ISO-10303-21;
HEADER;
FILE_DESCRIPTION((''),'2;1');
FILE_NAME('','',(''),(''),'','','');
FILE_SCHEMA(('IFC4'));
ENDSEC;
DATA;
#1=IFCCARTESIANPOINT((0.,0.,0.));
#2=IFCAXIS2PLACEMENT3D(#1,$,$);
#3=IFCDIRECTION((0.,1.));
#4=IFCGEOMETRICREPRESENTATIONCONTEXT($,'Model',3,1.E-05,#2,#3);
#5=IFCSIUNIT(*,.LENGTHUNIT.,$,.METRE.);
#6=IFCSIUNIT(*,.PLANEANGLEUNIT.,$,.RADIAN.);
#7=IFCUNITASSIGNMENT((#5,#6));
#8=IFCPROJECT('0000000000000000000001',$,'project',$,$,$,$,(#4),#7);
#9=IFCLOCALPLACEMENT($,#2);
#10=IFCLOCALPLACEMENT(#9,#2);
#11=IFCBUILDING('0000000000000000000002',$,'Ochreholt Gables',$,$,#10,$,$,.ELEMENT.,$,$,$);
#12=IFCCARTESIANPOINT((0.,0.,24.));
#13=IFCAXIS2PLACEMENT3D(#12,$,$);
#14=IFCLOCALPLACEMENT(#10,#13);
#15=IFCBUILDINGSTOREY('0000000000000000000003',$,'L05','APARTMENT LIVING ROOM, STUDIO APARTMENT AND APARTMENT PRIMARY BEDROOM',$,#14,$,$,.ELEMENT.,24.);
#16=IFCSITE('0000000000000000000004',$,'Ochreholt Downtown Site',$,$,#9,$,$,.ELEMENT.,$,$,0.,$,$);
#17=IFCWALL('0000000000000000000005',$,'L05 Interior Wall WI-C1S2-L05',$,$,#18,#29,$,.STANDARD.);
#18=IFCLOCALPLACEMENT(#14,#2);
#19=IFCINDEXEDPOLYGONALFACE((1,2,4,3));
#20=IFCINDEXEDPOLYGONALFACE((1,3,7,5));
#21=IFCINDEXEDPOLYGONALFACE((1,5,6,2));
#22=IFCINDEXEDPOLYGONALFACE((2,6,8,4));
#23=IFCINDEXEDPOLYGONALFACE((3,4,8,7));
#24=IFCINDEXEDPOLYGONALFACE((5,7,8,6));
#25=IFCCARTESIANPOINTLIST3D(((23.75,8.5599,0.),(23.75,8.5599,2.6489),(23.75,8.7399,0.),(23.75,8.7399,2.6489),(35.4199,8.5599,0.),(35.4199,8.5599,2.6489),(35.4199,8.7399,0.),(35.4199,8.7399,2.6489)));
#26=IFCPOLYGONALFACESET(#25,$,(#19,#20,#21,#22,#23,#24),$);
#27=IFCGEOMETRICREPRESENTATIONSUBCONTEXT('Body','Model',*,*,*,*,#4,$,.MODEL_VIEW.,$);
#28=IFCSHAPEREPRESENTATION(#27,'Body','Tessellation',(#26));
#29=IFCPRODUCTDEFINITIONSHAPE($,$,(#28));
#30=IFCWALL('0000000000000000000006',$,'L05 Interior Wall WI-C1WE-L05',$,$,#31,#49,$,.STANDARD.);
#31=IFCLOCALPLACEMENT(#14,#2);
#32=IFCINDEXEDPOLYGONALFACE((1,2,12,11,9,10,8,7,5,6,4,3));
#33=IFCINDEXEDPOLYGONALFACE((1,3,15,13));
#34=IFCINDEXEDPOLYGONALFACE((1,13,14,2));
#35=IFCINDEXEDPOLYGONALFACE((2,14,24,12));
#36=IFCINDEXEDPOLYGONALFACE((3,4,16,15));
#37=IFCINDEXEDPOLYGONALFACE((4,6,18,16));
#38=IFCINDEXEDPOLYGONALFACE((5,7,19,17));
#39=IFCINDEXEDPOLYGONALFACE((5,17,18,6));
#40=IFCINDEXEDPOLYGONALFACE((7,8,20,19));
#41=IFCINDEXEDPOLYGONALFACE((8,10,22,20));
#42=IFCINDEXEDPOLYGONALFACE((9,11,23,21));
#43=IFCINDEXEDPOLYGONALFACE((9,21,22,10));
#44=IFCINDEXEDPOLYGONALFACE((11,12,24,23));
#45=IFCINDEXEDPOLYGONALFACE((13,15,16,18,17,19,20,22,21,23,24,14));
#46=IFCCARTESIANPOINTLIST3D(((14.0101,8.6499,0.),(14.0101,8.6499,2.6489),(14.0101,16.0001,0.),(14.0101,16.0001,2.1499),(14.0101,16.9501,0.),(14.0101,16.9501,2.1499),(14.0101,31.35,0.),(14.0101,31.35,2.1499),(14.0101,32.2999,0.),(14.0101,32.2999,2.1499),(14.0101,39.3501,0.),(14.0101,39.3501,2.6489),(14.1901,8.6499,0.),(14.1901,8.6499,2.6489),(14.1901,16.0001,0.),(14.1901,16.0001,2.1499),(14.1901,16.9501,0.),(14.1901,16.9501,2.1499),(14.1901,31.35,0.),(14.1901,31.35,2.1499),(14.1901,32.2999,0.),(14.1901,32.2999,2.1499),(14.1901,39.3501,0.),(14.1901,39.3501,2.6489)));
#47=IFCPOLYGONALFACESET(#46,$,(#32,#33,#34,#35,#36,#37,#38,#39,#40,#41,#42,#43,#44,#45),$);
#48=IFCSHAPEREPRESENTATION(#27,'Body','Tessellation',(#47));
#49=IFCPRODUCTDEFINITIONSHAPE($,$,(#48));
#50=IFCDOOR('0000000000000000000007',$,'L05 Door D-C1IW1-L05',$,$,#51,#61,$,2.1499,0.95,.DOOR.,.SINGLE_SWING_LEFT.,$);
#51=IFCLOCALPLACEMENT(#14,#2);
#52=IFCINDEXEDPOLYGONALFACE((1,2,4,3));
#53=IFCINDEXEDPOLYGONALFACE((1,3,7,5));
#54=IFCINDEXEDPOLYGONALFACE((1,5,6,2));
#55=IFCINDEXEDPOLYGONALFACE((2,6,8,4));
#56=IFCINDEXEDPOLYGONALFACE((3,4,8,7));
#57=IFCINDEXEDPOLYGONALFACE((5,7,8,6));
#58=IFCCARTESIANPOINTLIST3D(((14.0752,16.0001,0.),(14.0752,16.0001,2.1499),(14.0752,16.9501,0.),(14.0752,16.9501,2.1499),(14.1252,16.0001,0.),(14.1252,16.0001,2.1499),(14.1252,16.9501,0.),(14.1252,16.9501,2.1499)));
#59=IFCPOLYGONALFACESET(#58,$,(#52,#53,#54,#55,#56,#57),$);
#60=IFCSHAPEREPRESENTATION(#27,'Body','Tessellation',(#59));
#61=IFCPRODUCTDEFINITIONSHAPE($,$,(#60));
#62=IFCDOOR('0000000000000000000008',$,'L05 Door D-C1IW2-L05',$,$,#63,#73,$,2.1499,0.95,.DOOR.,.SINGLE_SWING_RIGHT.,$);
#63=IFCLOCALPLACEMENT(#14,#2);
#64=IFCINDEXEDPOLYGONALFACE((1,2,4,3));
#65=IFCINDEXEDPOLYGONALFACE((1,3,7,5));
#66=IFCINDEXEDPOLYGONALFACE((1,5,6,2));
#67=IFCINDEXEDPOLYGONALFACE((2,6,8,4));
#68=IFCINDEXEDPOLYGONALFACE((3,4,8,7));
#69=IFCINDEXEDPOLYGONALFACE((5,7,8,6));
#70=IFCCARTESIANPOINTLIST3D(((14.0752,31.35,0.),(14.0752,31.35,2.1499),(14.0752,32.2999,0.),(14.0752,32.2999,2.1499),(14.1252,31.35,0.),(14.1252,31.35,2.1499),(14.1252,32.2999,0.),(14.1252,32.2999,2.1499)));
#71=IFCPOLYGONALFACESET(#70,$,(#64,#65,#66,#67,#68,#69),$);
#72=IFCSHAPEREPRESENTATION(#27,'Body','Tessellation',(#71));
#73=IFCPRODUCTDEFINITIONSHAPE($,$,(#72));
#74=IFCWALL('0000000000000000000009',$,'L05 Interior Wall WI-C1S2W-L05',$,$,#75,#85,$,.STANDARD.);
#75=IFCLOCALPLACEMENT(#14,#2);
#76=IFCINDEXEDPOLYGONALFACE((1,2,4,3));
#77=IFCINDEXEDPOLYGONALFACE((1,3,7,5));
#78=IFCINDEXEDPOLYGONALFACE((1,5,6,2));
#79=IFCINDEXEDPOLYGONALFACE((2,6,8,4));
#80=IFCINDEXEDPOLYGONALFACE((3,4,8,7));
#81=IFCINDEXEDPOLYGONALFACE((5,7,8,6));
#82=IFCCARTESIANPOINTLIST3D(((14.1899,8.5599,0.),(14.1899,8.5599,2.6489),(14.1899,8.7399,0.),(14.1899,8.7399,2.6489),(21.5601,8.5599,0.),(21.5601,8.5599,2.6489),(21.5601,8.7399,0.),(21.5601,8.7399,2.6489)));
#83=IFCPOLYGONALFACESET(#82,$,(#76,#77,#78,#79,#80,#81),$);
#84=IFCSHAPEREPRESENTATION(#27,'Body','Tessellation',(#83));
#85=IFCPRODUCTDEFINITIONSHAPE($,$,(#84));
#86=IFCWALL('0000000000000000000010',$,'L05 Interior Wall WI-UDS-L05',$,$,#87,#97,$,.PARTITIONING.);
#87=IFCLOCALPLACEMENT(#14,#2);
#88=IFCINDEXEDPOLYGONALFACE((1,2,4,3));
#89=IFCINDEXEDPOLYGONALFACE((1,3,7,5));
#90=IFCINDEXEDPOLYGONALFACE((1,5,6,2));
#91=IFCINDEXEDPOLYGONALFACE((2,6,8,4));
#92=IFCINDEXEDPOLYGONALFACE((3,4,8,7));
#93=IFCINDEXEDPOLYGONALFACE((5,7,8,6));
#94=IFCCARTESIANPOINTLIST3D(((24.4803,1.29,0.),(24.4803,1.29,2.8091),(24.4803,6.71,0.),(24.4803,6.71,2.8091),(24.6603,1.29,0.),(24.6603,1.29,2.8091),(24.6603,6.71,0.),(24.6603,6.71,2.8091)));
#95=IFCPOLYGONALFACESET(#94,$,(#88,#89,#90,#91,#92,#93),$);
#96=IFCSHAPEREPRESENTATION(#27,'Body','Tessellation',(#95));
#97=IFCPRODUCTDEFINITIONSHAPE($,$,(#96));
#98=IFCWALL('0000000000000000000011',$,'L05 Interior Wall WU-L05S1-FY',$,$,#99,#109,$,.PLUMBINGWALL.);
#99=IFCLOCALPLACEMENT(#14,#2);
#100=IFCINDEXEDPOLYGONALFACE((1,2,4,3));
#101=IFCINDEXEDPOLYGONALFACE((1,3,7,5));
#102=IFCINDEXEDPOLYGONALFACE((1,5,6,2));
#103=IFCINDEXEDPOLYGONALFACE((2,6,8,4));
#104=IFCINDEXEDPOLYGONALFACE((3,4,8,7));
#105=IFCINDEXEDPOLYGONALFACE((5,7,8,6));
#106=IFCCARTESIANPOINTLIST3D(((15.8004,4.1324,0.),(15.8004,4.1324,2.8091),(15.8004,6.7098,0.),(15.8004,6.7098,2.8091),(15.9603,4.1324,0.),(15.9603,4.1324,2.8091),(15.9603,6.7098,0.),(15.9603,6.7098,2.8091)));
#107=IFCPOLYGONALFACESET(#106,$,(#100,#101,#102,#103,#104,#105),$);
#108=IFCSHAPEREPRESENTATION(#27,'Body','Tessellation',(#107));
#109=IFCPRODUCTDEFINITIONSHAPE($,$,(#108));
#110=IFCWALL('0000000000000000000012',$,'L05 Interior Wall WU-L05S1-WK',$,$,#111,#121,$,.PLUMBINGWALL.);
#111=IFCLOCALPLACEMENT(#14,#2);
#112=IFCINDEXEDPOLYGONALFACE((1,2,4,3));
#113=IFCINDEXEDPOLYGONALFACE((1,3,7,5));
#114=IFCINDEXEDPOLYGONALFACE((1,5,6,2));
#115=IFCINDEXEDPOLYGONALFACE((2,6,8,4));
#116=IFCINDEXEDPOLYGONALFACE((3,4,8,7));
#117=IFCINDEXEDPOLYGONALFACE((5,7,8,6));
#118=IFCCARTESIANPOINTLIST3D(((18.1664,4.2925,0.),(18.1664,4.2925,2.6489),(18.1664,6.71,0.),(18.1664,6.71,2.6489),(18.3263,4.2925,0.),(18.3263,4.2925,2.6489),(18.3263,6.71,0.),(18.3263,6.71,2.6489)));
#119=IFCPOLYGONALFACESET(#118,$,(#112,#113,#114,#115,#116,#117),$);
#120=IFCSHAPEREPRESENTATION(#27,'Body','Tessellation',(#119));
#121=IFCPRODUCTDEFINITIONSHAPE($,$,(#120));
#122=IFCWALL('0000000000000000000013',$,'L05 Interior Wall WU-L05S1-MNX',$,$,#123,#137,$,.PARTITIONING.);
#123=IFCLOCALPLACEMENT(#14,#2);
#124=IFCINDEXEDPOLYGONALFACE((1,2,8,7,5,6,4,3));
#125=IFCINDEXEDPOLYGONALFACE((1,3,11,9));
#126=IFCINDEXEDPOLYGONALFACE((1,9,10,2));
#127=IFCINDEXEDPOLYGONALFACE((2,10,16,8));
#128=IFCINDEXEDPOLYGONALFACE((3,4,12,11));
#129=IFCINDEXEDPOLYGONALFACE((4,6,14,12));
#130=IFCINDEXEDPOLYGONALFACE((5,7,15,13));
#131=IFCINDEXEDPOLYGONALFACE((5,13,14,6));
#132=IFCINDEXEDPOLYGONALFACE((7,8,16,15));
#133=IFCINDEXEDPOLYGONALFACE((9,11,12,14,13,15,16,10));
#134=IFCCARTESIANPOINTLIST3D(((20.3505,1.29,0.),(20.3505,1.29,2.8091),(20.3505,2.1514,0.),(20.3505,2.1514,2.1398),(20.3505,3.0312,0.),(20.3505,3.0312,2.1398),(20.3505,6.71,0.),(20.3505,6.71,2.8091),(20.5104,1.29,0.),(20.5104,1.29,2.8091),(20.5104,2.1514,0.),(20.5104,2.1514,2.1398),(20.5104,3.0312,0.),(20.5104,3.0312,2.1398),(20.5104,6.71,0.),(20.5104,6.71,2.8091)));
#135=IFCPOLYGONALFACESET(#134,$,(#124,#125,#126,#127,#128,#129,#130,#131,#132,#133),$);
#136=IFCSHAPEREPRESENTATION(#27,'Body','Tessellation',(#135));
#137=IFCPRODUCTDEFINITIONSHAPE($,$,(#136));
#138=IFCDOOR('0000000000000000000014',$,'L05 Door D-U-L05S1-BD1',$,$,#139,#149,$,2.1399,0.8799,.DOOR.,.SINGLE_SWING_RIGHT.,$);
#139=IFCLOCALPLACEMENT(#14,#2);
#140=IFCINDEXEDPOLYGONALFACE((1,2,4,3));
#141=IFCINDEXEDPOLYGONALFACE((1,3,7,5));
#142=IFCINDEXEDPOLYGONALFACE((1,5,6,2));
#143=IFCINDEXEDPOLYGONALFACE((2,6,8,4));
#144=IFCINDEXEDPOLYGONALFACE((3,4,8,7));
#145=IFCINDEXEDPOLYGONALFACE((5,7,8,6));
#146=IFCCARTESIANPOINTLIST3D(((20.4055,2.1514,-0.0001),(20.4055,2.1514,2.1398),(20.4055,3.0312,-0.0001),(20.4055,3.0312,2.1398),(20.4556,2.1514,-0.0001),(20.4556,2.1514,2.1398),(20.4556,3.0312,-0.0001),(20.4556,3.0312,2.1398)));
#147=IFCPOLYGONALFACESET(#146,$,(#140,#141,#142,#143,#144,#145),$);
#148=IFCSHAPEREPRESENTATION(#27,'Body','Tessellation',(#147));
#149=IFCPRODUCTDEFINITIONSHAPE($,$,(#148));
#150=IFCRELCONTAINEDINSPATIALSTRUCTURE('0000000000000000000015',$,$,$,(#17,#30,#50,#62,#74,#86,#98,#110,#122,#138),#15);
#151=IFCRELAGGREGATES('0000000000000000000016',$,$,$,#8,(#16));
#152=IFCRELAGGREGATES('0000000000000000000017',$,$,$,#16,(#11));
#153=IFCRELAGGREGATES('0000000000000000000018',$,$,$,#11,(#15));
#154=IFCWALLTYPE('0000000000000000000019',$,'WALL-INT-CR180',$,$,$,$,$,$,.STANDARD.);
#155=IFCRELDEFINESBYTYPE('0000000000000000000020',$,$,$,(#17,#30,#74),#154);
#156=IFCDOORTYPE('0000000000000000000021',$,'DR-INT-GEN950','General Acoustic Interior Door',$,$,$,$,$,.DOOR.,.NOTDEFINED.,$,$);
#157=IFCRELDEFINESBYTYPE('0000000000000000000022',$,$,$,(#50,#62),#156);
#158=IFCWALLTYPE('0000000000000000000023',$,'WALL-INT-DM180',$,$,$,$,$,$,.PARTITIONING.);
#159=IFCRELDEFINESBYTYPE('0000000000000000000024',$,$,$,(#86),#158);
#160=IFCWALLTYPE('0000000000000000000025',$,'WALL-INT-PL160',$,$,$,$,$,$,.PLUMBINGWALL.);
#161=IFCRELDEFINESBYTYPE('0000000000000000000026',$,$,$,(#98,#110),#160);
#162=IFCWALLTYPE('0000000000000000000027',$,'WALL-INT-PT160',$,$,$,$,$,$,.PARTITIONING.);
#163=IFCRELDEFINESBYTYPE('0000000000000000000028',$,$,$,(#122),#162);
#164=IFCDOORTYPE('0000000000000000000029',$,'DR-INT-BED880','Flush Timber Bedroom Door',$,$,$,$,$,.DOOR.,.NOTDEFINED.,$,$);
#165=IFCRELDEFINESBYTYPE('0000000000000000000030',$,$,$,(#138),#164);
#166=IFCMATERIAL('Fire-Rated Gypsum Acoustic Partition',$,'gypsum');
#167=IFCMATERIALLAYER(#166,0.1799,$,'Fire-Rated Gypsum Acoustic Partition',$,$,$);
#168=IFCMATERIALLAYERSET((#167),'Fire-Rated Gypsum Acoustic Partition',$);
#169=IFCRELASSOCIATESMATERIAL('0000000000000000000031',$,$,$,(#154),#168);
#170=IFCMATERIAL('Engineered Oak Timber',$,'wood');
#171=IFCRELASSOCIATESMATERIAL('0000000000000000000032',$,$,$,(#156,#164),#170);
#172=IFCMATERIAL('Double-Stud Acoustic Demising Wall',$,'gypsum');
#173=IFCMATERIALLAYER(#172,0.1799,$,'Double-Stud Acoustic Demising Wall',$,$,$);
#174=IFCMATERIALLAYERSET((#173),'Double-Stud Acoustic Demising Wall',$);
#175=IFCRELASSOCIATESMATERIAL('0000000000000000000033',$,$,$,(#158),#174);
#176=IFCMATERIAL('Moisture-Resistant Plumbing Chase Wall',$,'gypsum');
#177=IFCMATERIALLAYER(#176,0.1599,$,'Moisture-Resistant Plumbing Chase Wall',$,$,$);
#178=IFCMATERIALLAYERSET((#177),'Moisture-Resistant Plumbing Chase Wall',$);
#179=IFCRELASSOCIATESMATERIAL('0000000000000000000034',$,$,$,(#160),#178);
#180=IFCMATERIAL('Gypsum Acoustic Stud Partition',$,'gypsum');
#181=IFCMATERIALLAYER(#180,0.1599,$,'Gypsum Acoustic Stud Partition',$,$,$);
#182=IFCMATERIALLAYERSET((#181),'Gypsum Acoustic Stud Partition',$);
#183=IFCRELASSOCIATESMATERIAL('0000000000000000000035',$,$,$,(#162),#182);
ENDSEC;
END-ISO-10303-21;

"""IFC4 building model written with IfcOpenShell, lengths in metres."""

from ifc_helpers import new_model, si_unit, direction, frame, frame_2d, origin, place, context, subcontext, project, spatial, rectangle, extrude, material, layer, layer_set, type_object, element, fill, save


model = new_model("IFC4")

# Units and contexts
model_context = context("Model", 3, precision=1e-05, world=origin(), true_north=direction((0.0, 1.0)))
body_context = subcontext(model_context, "Body", "Model", "MODEL_VIEW")
ifc_project = project(units=[si_unit("LENGTHUNIT", "METRE"), si_unit("PLANEANGLEUNIT", "RADIAN")], contexts=[model_context])

# Site, building, storey
site_placement = place(None, origin())
site = spatial("IfcSite", under=ifc_project, at=site_placement, Name="Ochreholt Downtown Site", CompositionType="ELEMENT", RefElevation=0.0)
building_placement = place(site_placement, origin())
building = spatial("IfcBuilding", under=site, at=building_placement, Name="Ochreholt Gables", CompositionType="ELEMENT")
storey_placement = place(building_placement, frame((0.0, 0.0, 24.0)))
storey = spatial("IfcBuildingStorey", under=building, at=storey_placement, Name="L05", Description="APARTMENT LIVING ROOM, STUDIO APARTMENT AND APARTMENT PRIMARY BEDROOM", CompositionType="ELEMENT", Elevation=24.0)

# Shared definitions
ifc_material_1 = material(Name="Fire-Rated Gypsum Acoustic Partition", Category="gypsum")
ifc_layer_1 = layer(ifc_material_1, 0.1799, Name="Fire-Rated Gypsum Acoustic Partition")
ifc_layer_set_1 = layer_set([ifc_layer_1], Name="Fire-Rated Gypsum Acoustic Partition")
wall_type_1 = type_object("IfcWallType", Name="WALL-INT-CR180", PredefinedType="STANDARD", material=ifc_layer_set_1)

# Shared definitions
ifc_material_2 = material(Name="Engineered Oak Timber", Category="wood")

# Wall
wall_1_placement = place(storey_placement, frame((23.75, 8.6499, 0.0), z_axis=(0.0, 0.0, 1.0), x_axis=(1.0, 0.0, 0.0)))
element("IfcWall", 1, at=wall_1_placement, inside=storey, type_object=wall_type_1, Name="L05 Interior Wall WI-C1S2-L05", PredefinedType="STANDARD", context=body_context, shape_type="SweptSolid", body=[
    extrude(rectangle(XDim=11.6699, YDim=0.1799, at=frame_2d((5.835, 0.0))), origin(), (0.0, 0.0, 1.0), 2.6489),
])

# Wall, openings, doors
wall_2_placement = place(storey_placement, frame((14.1001, 8.6499, 0.0), z_axis=(0.0, 0.0, 1.0), x_axis=(0.0, 1.0, 0.0)))
wall_2 = element("IfcWall", 2, at=wall_2_placement, inside=storey, type_object=wall_type_1, Name="L05 Interior Wall WI-C1WE-L05", PredefinedType="STANDARD", context=body_context, shape_type="SweptSolid", body=[
    extrude(rectangle(XDim=30.7002, YDim=0.1799, at=frame_2d((15.3501, 0.0))), origin(), (0.0, 0.0, 1.0), 2.6489),
])
opening_1_placement = place(wall_2_placement, frame((7.3501, 0.0, 0.0)))
opening_1 = element("IfcOpeningElement", 3, at=opening_1_placement, cuts=wall_2, PredefinedType="OPENING", context=body_context, shape_type="SweptSolid", body=[
    extrude(rectangle(XDim=0.95, YDim=2.1499, at=frame_2d((0.4751, 1.075))), frame((0.0, 0.0999, 0.0), z_axis=(0.0, -1.0, 0.0), x_axis=(1.0, 0.0, 0.0)), (0.0, 0.0, 1.0), 0.2),
])
opening_2_placement = place(wall_2_placement, frame((22.7, 0.0, 0.0)))
opening_2 = element("IfcOpeningElement", 4, at=opening_2_placement, cuts=wall_2, PredefinedType="OPENING", context=body_context, shape_type="SweptSolid", body=[
    extrude(rectangle(XDim=0.95, YDim=2.1499, at=frame_2d((0.4751, 1.075))), frame((0.0, 0.0999, 0.0), z_axis=(0.0, -1.0, 0.0), x_axis=(1.0, 0.0, 0.0)), (0.0, 0.0, 1.0), 0.2),
])
door_type_1 = type_object("IfcDoorType", Name="DR-INT-GEN950", Description="General Acoustic Interior Door", OperationType="NOTDEFINED", PredefinedType="DOOR", material=ifc_material_2)
door_1_placement = place(opening_1_placement, origin())
door_1 = element("IfcDoor", 5, at=door_1_placement, inside=storey, type_object=door_type_1, Name="L05 Door D-C1IW1-L05", OperationType="SINGLE_SWING_LEFT", OverallHeight=2.1499, OverallWidth=0.95, PredefinedType="DOOR", context=body_context, shape_type="SweptSolid", body=[
    extrude(rectangle(XDim=0.95, YDim=2.1499, at=frame_2d((0.4751, 1.075))), frame((0.0, 0.0249, 0.0), z_axis=(0.0, -1.0, 0.0), x_axis=(1.0, 0.0, 0.0)), (0.0, 0.0, 1.0), 0.05),
])
fill(opening_1, door_1)
door_2_placement = place(opening_2_placement, origin())
door_2 = element("IfcDoor", 6, at=door_2_placement, inside=storey, type_object=door_type_1, Name="L05 Door D-C1IW2-L05", OperationType="SINGLE_SWING_RIGHT", OverallHeight=2.1499, OverallWidth=0.95, PredefinedType="DOOR", context=body_context, shape_type="SweptSolid", body=[
    extrude(rectangle(XDim=0.95, YDim=2.1499, at=frame_2d((0.4751, 1.075))), frame((0.0, 0.0249, 0.0), z_axis=(0.0, -1.0, 0.0), x_axis=(1.0, 0.0, 0.0)), (0.0, 0.0, 1.0), 0.05),
])
fill(opening_2, door_2)

# Walls
wall_3_placement = place(storey_placement, frame((14.1899, 8.6499, 0.0), z_axis=(0.0, 0.0, 1.0), x_axis=(1.0, 0.0, 0.0)))
element("IfcWall", 7, at=wall_3_placement, inside=storey, type_object=wall_type_1, Name="L05 Interior Wall WI-C1S2W-L05", PredefinedType="STANDARD", context=body_context, shape_type="SweptSolid", body=[
    extrude(rectangle(XDim=7.3701, YDim=0.1799, at=frame_2d((3.6851, 0.0))), origin(), (0.0, 0.0, 1.0), 2.6489),
])
ifc_material_3 = material(Name="Double-Stud Acoustic Demising Wall", Category="gypsum")
ifc_layer_2 = layer(ifc_material_3, 0.1799, Name="Double-Stud Acoustic Demising Wall")
ifc_layer_set_2 = layer_set([ifc_layer_2], Name="Double-Stud Acoustic Demising Wall")
wall_type_2 = type_object("IfcWallType", Name="WALL-INT-DM180", PredefinedType="PARTITIONING", material=ifc_layer_set_2)
wall_4_placement = place(storey_placement, frame((24.5703, 1.29, 0.0), z_axis=(0.0, 0.0, 1.0), x_axis=(0.0, 1.0, 0.0)))
element("IfcWall", 8, at=wall_4_placement, inside=storey, type_object=wall_type_2, Name="L05 Interior Wall WI-UDS-L05", PredefinedType="PARTITIONING", context=body_context, shape_type="SweptSolid", body=[
    extrude(rectangle(XDim=5.4199, YDim=0.1799, at=frame_2d((2.71, 0.0))), origin(), (0.0, 0.0, 1.0), 2.8091),
])

# Shared definitions
ifc_material_4 = material(Name="Moisture-Resistant Plumbing Chase Wall", Category="gypsum")
ifc_layer_3 = layer(ifc_material_4, 0.1599, Name="Moisture-Resistant Plumbing Chase Wall")
ifc_layer_set_3 = layer_set([ifc_layer_3], Name="Moisture-Resistant Plumbing Chase Wall")
wall_type_3 = type_object("IfcWallType", Name="WALL-INT-PL160", PredefinedType="PLUMBINGWALL", material=ifc_layer_set_3)

# Walls
wall_5_placement = place(storey_placement, frame((15.8804, 4.1326, 0.0), z_axis=(0.0, 0.0, 1.0), x_axis=(0.0, 1.0, 0.0)))
element("IfcWall", 9, at=wall_5_placement, inside=storey, type_object=wall_type_3, Name="L05 Interior Wall WU-L05S1-FY", PredefinedType="PLUMBINGWALL", context=body_context, shape_type="SweptSolid", body=[
    extrude(rectangle(XDim=2.5774, YDim=0.1599, at=frame_2d((1.2886, 0.0))), origin(), (0.0, 0.0, 1.0), 2.8091),
])
wall_6_placement = place(storey_placement, frame((18.2463, 4.2925, 0.0), z_axis=(0.0, 0.0, 1.0), x_axis=(0.0, 1.0, 0.0)))
element("IfcWall", 10, at=wall_6_placement, inside=storey, type_object=wall_type_3, Name="L05 Interior Wall WU-L05S1-WK", PredefinedType="PLUMBINGWALL", context=body_context, shape_type="SweptSolid", body=[
    extrude(rectangle(XDim=2.4175, YDim=0.1599, at=frame_2d((1.2087, 0.0))), origin(), (0.0, 0.0, 1.0), 2.6489),
])

# Wall, opening, door
ifc_material_5 = material(Name="Gypsum Acoustic Stud Partition", Category="gypsum")
ifc_layer_4 = layer(ifc_material_5, 0.1599, Name="Gypsum Acoustic Stud Partition")
ifc_layer_set_4 = layer_set([ifc_layer_4], Name="Gypsum Acoustic Stud Partition")
wall_type_4 = type_object("IfcWallType", Name="WALL-INT-PT160", PredefinedType="PARTITIONING", material=ifc_layer_set_4)
wall_7_placement = place(storey_placement, frame((20.4304, 1.29, 0.0), z_axis=(0.0, 0.0, 1.0), x_axis=(0.0, 1.0, 0.0)))
wall_7 = element("IfcWall", 11, at=wall_7_placement, inside=storey, type_object=wall_type_4, Name="L05 Interior Wall WU-L05S1-MNX", PredefinedType="PARTITIONING", context=body_context, shape_type="SweptSolid", body=[
    extrude(rectangle(XDim=5.4199, YDim=0.1599, at=frame_2d((2.71, 0.0))), origin(), (0.0, 0.0, 1.0), 2.8091),
])
opening_3_placement = place(wall_7_placement, frame((0.8613, 0.0, 0.0)))
opening_3 = element("IfcOpeningElement", 12, at=opening_3_placement, cuts=wall_7, PredefinedType="OPENING", context=body_context, shape_type="SweptSolid", body=[
    extrude(rectangle(XDim=0.8799, YDim=2.1399, at=frame_2d((0.4399, 1.0698))), frame((0.0, 0.0898, 0.0), z_axis=(0.0, -1.0, 0.0), x_axis=(1.0, 0.0, 0.0)), (0.0, 0.0, 1.0), 0.1799),
])
door_type_2 = type_object("IfcDoorType", Name="DR-INT-BED880", Description="Flush Timber Bedroom Door", OperationType="NOTDEFINED", PredefinedType="DOOR", material=ifc_material_2)
door_3_placement = place(opening_3_placement, origin())
door_3 = element("IfcDoor", 13, at=door_3_placement, inside=storey, type_object=door_type_2, Name="L05 Door D-U-L05S1-BD1", OperationType="SINGLE_SWING_RIGHT", OverallHeight=2.1399, OverallWidth=0.8799, PredefinedType="DOOR", context=body_context, shape_type="SweptSolid", body=[
    extrude(rectangle(XDim=0.8799, YDim=2.1399, at=frame_2d((0.4399, 1.0698))), frame((0.0, 0.0249, 0.0), z_axis=(0.0, -1.0, 0.0), x_axis=(1.0, 0.0, 0.0)), (0.0, 0.0, 1.0), 0.05),
])
fill(opening_3, door_3)

save(model, "model.ifc")
